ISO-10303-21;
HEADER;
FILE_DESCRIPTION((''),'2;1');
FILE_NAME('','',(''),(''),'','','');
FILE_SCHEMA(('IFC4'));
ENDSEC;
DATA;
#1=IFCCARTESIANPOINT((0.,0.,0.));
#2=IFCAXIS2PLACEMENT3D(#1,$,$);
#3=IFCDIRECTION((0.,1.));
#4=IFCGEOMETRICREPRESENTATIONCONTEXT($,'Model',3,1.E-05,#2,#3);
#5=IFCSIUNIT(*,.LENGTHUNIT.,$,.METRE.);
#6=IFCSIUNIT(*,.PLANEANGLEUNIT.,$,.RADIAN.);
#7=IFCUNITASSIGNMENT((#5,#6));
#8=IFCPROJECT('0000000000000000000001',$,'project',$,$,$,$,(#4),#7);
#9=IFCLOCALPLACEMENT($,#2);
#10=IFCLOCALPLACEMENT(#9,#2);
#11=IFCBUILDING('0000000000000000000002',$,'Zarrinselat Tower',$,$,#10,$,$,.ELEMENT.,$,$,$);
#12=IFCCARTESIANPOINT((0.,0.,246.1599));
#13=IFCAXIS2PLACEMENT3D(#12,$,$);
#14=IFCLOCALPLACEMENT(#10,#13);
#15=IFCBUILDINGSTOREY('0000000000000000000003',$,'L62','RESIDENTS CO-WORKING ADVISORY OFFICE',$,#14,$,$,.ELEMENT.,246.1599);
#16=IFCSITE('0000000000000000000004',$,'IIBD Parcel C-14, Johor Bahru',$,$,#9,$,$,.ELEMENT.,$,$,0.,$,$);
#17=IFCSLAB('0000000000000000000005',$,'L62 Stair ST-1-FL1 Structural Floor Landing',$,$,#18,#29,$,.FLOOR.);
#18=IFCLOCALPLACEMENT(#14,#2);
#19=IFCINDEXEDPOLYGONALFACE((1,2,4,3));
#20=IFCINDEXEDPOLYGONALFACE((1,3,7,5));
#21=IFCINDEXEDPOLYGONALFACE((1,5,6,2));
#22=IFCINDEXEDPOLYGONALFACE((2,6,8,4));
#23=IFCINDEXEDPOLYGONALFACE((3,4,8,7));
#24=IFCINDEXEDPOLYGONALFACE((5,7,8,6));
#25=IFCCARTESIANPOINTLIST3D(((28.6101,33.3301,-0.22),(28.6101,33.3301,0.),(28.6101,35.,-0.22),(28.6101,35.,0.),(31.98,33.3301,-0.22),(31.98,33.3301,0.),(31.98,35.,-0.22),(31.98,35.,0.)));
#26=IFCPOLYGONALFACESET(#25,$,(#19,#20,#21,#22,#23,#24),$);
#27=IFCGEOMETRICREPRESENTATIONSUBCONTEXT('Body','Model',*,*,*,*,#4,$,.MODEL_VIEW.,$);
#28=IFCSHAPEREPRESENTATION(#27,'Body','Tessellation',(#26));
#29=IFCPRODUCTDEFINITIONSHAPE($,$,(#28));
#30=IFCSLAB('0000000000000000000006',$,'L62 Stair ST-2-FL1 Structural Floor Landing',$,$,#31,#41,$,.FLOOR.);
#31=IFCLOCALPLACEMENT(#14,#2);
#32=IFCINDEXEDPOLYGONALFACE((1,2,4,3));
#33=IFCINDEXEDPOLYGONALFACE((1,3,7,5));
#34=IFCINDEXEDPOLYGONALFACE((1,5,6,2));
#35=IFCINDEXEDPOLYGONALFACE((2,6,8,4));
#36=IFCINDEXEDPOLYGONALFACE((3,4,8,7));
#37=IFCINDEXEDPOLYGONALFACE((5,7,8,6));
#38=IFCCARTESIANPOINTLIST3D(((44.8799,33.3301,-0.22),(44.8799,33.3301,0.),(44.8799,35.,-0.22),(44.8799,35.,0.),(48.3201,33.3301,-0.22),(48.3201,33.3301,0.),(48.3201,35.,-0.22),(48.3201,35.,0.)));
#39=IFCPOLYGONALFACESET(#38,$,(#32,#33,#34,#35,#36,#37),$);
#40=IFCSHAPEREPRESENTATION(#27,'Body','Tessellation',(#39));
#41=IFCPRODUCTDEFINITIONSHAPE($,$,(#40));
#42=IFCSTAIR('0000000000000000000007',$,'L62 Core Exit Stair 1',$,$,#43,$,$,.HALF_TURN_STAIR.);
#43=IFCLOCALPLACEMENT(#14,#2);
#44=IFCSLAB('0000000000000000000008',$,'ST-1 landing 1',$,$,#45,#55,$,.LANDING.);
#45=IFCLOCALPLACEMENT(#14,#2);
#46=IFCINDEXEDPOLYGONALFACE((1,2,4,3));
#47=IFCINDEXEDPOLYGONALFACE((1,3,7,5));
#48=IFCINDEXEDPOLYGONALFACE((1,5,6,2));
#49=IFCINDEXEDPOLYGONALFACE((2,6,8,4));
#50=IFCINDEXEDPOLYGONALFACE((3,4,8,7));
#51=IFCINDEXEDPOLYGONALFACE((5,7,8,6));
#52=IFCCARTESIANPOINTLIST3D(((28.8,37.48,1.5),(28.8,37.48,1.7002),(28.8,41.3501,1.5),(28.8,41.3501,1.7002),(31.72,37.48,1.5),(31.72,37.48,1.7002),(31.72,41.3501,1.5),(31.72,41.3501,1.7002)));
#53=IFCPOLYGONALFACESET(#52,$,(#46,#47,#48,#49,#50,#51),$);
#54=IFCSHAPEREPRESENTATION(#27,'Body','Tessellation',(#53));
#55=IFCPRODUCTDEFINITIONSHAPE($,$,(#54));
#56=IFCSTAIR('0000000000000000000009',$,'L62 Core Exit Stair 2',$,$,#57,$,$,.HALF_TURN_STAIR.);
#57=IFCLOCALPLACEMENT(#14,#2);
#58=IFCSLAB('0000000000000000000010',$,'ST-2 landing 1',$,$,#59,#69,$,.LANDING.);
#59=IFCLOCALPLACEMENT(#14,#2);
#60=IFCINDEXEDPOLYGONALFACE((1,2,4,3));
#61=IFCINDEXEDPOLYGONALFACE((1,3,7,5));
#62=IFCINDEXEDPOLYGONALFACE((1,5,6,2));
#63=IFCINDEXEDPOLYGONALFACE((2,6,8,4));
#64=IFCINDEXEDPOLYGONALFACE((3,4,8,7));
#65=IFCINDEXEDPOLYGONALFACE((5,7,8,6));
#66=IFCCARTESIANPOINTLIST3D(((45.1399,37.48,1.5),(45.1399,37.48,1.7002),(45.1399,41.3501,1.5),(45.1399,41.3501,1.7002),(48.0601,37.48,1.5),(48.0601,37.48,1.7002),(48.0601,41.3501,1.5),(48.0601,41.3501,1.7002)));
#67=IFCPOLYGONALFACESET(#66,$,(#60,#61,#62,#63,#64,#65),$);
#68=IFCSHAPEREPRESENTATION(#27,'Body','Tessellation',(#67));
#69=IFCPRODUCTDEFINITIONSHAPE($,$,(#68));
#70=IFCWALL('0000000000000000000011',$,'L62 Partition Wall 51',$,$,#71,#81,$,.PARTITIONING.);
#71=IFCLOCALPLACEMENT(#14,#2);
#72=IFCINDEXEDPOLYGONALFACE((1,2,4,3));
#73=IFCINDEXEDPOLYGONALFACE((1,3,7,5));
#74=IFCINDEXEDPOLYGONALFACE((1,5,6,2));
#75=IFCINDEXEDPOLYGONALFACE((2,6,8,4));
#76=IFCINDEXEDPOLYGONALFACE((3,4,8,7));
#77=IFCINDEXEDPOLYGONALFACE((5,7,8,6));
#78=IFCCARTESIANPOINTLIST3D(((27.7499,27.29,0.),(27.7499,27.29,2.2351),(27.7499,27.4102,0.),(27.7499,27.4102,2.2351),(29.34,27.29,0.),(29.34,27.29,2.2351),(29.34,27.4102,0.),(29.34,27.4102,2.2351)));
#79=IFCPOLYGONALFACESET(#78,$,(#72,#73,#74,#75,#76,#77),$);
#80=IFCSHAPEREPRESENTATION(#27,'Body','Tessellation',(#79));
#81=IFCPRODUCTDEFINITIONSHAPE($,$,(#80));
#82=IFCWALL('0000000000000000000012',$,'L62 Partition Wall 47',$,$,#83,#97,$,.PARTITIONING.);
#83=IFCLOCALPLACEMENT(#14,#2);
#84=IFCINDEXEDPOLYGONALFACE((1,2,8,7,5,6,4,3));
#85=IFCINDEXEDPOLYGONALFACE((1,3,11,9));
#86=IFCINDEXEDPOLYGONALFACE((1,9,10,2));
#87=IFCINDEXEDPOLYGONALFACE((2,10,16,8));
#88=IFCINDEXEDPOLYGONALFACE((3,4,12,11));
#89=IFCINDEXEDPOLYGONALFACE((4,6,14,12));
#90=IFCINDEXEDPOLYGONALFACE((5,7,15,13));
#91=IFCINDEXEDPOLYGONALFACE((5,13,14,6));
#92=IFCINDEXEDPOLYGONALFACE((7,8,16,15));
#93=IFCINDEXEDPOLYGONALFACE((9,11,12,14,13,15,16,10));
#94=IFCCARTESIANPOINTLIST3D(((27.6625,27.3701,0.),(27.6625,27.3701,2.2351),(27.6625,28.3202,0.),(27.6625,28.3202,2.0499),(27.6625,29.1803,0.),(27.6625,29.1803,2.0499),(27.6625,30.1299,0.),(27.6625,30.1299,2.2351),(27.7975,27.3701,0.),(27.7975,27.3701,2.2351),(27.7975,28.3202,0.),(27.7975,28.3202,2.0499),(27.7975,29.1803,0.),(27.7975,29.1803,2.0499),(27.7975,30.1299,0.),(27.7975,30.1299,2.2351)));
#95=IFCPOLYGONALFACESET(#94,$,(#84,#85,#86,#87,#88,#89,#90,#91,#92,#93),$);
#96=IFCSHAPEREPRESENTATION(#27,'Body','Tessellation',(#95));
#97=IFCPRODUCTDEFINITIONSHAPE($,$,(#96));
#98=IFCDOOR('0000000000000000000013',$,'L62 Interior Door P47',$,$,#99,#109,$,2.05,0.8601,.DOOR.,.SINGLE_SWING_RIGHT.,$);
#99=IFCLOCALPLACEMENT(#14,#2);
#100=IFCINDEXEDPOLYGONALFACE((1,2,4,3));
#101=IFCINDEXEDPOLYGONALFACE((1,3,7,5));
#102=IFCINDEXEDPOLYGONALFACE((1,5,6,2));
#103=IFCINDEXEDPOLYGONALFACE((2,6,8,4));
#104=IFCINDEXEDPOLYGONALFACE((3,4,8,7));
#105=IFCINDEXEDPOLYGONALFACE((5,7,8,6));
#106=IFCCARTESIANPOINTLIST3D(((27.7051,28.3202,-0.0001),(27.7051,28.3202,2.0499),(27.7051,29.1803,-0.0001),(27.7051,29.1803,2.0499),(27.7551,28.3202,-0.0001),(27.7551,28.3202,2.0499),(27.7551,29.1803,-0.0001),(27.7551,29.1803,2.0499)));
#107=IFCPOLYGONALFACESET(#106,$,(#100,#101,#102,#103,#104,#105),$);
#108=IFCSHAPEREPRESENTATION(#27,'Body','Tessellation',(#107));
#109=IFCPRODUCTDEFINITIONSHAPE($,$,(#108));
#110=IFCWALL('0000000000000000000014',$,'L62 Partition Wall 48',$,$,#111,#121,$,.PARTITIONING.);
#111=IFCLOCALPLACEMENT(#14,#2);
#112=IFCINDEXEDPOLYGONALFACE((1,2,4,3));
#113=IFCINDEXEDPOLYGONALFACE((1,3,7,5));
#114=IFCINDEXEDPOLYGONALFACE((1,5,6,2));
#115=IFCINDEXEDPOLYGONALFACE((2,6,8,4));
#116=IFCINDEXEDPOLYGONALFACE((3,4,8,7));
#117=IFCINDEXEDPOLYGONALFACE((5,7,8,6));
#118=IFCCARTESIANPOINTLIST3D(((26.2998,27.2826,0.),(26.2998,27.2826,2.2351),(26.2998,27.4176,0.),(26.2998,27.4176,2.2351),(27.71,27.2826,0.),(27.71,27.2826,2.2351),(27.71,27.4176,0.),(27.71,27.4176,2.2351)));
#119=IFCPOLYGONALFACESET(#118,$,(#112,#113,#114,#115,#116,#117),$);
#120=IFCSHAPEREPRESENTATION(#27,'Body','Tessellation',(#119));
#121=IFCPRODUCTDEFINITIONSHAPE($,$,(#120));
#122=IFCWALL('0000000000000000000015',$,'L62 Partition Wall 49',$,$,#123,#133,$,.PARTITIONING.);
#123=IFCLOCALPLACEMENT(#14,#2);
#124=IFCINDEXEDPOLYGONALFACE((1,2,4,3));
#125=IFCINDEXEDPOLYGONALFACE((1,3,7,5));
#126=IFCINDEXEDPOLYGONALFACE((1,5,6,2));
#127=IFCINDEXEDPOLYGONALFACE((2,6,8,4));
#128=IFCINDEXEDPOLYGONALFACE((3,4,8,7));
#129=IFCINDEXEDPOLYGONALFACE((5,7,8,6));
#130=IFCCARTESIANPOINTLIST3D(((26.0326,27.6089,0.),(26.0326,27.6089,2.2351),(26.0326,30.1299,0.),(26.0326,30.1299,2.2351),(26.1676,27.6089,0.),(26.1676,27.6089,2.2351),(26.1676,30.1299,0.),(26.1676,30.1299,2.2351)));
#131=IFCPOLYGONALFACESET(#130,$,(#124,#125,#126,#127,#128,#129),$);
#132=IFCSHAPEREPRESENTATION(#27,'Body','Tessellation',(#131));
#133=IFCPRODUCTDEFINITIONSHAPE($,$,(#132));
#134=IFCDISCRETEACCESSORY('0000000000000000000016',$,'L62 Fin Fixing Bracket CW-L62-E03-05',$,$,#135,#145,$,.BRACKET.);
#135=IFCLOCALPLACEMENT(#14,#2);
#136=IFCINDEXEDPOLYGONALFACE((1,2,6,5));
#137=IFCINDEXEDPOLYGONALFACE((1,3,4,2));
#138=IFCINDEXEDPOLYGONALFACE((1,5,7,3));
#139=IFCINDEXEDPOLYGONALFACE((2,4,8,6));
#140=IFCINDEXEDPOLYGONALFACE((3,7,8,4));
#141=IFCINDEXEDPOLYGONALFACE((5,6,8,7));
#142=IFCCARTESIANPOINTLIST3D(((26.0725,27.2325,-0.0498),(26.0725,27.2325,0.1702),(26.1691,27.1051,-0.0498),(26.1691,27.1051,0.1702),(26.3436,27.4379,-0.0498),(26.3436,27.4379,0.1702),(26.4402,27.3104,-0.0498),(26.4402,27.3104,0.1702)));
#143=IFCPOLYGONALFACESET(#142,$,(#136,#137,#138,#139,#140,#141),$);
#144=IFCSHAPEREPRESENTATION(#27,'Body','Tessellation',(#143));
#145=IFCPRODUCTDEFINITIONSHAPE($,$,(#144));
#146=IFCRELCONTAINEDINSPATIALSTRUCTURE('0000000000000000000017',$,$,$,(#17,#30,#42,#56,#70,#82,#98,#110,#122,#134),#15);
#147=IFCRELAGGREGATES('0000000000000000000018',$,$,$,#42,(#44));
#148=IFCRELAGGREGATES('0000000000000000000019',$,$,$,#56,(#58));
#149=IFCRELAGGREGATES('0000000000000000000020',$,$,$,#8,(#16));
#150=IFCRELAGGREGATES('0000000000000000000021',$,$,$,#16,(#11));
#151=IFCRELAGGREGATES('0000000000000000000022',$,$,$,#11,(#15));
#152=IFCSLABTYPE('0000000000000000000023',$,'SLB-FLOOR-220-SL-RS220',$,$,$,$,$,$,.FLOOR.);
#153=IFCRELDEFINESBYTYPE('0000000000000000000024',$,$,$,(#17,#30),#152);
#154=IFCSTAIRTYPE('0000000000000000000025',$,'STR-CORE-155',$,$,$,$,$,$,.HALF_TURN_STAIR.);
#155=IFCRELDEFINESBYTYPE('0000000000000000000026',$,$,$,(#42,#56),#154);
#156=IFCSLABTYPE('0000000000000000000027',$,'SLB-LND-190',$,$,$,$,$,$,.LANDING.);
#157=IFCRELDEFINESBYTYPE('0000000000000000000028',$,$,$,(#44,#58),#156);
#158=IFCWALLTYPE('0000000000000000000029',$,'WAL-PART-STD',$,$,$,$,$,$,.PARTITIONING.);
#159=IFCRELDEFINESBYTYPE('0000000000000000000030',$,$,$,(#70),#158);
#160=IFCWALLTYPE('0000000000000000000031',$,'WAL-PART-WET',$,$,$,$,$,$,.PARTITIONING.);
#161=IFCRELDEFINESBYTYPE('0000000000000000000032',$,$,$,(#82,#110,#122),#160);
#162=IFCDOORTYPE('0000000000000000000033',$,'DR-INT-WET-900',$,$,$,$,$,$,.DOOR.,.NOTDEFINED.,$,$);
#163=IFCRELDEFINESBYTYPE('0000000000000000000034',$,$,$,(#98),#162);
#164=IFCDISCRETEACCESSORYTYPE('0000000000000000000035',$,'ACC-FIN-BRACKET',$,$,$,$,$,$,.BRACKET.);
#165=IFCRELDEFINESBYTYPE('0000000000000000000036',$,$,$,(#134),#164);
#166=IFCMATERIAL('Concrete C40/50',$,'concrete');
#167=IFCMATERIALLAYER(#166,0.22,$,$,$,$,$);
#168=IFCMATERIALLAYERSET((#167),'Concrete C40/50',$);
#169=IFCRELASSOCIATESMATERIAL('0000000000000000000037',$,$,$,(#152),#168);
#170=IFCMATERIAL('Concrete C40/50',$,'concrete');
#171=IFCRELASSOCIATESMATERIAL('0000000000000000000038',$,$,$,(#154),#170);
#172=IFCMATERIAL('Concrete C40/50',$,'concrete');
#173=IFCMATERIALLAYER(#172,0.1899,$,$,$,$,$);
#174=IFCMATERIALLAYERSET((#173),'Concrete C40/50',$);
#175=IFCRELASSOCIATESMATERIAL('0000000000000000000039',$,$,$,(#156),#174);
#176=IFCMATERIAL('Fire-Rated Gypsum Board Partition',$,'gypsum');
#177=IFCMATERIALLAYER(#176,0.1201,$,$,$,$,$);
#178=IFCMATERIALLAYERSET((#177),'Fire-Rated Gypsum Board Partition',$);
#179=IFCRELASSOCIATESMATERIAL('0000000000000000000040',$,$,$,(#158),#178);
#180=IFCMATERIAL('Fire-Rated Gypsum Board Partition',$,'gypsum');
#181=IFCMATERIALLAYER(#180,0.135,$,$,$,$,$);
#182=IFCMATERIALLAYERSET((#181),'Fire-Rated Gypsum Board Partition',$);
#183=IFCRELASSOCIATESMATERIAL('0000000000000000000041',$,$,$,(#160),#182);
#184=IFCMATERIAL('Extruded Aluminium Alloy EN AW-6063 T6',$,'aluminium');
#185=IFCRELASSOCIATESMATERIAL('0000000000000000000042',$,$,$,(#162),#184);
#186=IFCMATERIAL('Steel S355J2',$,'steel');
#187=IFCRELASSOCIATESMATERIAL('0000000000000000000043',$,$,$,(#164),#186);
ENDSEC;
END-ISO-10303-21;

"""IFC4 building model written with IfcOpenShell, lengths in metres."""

from ifc_helpers import new_model, si_unit, direction, frame, frame_2d, origin, origin_2d, place, context, subcontext, project, spatial, polyline, rectangle, outline, extrude, material, layer, layer_set, type_object, element, fill, aggregate, save


model = new_model("IFC4")

# Units and contexts
model_context = context("Model", 3, precision=1e-05, world=origin(), true_north=direction((0.0, 1.0)))
body_context = subcontext(model_context, "Body", "Model", "MODEL_VIEW")
ifc_project = project(units=[si_unit("LENGTHUNIT", "METRE"), si_unit("PLANEANGLEUNIT", "RADIAN")], contexts=[model_context])

# Site, building, storey
site_placement = place(None, origin())
site = spatial("IfcSite", under=ifc_project, at=site_placement, Name="IIBD Parcel C-14, Johor Bahru", CompositionType="ELEMENT", RefElevation=0.0)
building_placement = place(site_placement, origin())
building = spatial("IfcBuilding", under=site, at=building_placement, Name="Zarrinselat Tower", CompositionType="ELEMENT")
storey_placement = place(building_placement, frame((0.0, 0.0, 246.1599)))
storey = spatial("IfcBuildingStorey", under=building, at=storey_placement, Name="L62", Description="RESIDENTS CO-WORKING ADVISORY OFFICE", CompositionType="ELEMENT", Elevation=246.1599)

# Slabs
ifc_material_1 = material(Name="Concrete C40/50", Category="concrete")
ifc_layer_1 = layer(ifc_material_1, 0.22)
ifc_layer_set_1 = layer_set([ifc_layer_1], Name="Concrete C40/50")
slab_type_1 = type_object("IfcSlabType", Name="SLB-FLOOR-220-SL-RS220", PredefinedType="FLOOR", material=ifc_layer_set_1)
slab_1_placement = place(storey_placement, frame((0.0, 0.0, -0.22)))
element("IfcSlab", 1, at=slab_1_placement, inside=storey, type_object=slab_type_1, Name="L62 Stair ST-1-FL1 Structural Floor Landing", PredefinedType="FLOOR", context=body_context, shape_type="SweptSolid", body=[
    extrude(outline(polyline([(31.98, 33.3301), (31.98, 35.0), (28.6101, 35.0), (28.6101, 33.3301), (31.98, 33.3301)])), origin(), (0.0, 0.0, 1.0), 0.22),
])
slab_2_placement = place(storey_placement, frame((0.0, 0.0, -0.22)))
element("IfcSlab", 2, at=slab_2_placement, inside=storey, type_object=slab_type_1, Name="L62 Stair ST-2-FL1 Structural Floor Landing", PredefinedType="FLOOR", context=body_context, shape_type="SweptSolid", body=[
    extrude(outline(polyline([(48.3201, 33.3301), (48.3201, 35.0), (44.8799, 35.0), (44.8799, 33.3301), (48.3201, 33.3301)])), origin(), (0.0, 0.0, 1.0), 0.22),
])

# Stairs, slabs
ifc_material_2 = material(Name="Concrete C40/50", Category="concrete")
stair_type = type_object("IfcStairType", Name="STR-CORE-155", PredefinedType="HALF_TURN_STAIR", material=ifc_material_2)
stair_1_placement = place(storey_placement, origin())
stair_1 = element("IfcStair", 3, at=stair_1_placement, inside=storey, type_object=stair_type, Name="L62 Core Exit Stair 1", PredefinedType="HALF_TURN_STAIR")
ifc_material_3 = material(Name="Concrete C40/50", Category="concrete")
ifc_layer_2 = layer(ifc_material_3, 0.1899)
ifc_layer_set_2 = layer_set([ifc_layer_2], Name="Concrete C40/50")
slab_type_2 = type_object("IfcSlabType", Name="SLB-LND-190", PredefinedType="LANDING", material=ifc_layer_set_2)
slab_3_placement = place(storey_placement, frame((0.0, 0.0, 1.5)))
slab_3 = element("IfcSlab", 4, at=slab_3_placement, type_object=slab_type_2, Name="ST-1 landing 1", PredefinedType="LANDING", context=body_context, shape_type="SweptSolid", body=[
    extrude(outline(polyline([(31.72, 37.48), (31.72, 41.3501), (28.8, 41.3501), (28.8, 37.48), (31.72, 37.48)])), origin(), (0.0, 0.0, 1.0), 0.2002),
])
aggregate(stair_1, [slab_3])
stair_2_placement = place(storey_placement, origin())
stair_2 = element("IfcStair", 5, at=stair_2_placement, inside=storey, type_object=stair_type, Name="L62 Core Exit Stair 2", PredefinedType="HALF_TURN_STAIR")
slab_4_placement = place(storey_placement, frame((0.0, 0.0, 1.5)))
slab_4 = element("IfcSlab", 6, at=slab_4_placement, type_object=slab_type_2, Name="ST-2 landing 1", PredefinedType="LANDING", context=body_context, shape_type="SweptSolid", body=[
    extrude(outline(polyline([(48.0601, 37.48), (48.0601, 41.3501), (45.1399, 41.3501), (45.1399, 37.48), (48.0601, 37.48)])), origin(), (0.0, 0.0, 1.0), 0.2002),
])
aggregate(stair_2, [slab_4])

# Wall
ifc_material_4 = material(Name="Fire-Rated Gypsum Board Partition", Category="gypsum")
ifc_layer_3 = layer(ifc_material_4, 0.1201)
ifc_layer_set_3 = layer_set([ifc_layer_3], Name="Fire-Rated Gypsum Board Partition")
wall_type_1 = type_object("IfcWallType", Name="WAL-PART-STD", PredefinedType="PARTITIONING", material=ifc_layer_set_3)
wall_1_placement = place(storey_placement, frame((27.75, 27.3501, 0.0), z_axis=(0.0, 0.0, 1.0), x_axis=(1.0, 0.0, 0.0)))
element("IfcWall", 7, at=wall_1_placement, inside=storey, type_object=wall_type_1, Name="L62 Partition Wall 51", PredefinedType="PARTITIONING", context=body_context, shape_type="SweptSolid", body=[
    extrude(rectangle(XDim=1.5901, YDim=0.1201, at=frame_2d((0.7949, 0.0))), origin(), (0.0, 0.0, 1.0), 2.2351),
])

# Wall, opening, door
ifc_material_5 = material(Name="Fire-Rated Gypsum Board Partition", Category="gypsum")
ifc_layer_4 = layer(ifc_material_5, 0.135)
ifc_layer_set_4 = layer_set([ifc_layer_4], Name="Fire-Rated Gypsum Board Partition")
wall_type_2 = type_object("IfcWallType", Name="WAL-PART-WET", PredefinedType="PARTITIONING", material=ifc_layer_set_4)
wall_2_placement = place(storey_placement, frame((27.73, 27.3701, 0.0), z_axis=(0.0, 0.0, 1.0), x_axis=(0.0, 1.0, 0.0)))
wall_2 = element("IfcWall", 8, at=wall_2_placement, inside=storey, type_object=wall_type_2, Name="L62 Partition Wall 47", PredefinedType="PARTITIONING", context=body_context, shape_type="SweptSolid", body=[
    extrude(rectangle(XDim=2.7598, YDim=0.135, at=frame_2d((1.3799, 0.0))), origin(), (0.0, 0.0, 1.0), 2.2351),
])
opening_placement = place(wall_2_placement, frame((0.95, 0.0, 0.0)))
opening = element("IfcOpeningElement", 9, at=opening_placement, cuts=wall_2, PredefinedType="OPENING", context=body_context, shape_type="SweptSolid", body=[
    extrude(rectangle(XDim=0.8601, YDim=2.05, at=frame_2d((0.4302, 1.0249))), frame((0.0, 0.0774, 0.0), z_axis=(0.0, -1.0, 0.0), x_axis=(1.0, 0.0, 0.0)), (0.0, 0.0, 1.0), 0.155),
])
ifc_material_6 = material(Name="Extruded Aluminium Alloy EN AW-6063 T6", Category="aluminium")
door_type = type_object("IfcDoorType", Name="DR-INT-WET-900", OperationType="NOTDEFINED", PredefinedType="DOOR", material=ifc_material_6)
door_placement = place(opening_placement, origin())
door = element("IfcDoor", 10, at=door_placement, inside=storey, type_object=door_type, Name="L62 Interior Door P47", OperationType="SINGLE_SWING_RIGHT", OverallHeight=2.05, OverallWidth=0.8601, PredefinedType="DOOR", context=body_context, shape_type="SweptSolid", body=[
    extrude(rectangle(XDim=0.8601, YDim=2.05, at=frame_2d((0.4302, 1.0249))), frame((0.0, 0.0249, 0.0), z_axis=(0.0, -1.0, 0.0), x_axis=(1.0, 0.0, 0.0)), (0.0, 0.0, 1.0), 0.05),
])
fill(opening, door)

# Walls
wall_3_placement = place(storey_placement, frame((26.2998, 27.3501, 0.0), z_axis=(0.0, 0.0, 1.0), x_axis=(1.0, 0.0, 0.0)))
element("IfcWall", 11, at=wall_3_placement, inside=storey, type_object=wall_type_2, Name="L62 Partition Wall 48", PredefinedType="PARTITIONING", context=body_context, shape_type="SweptSolid", body=[
    extrude(rectangle(XDim=1.4102, YDim=0.135, at=frame_2d((0.7051, 0.0))), origin(), (0.0, 0.0, 1.0), 2.2351),
])
wall_4_placement = place(storey_placement, frame((26.1001, 27.6089, 0.0), z_axis=(0.0, 0.0, 1.0), x_axis=(0.0, 1.0, 0.0)))
element("IfcWall", 12, at=wall_4_placement, inside=storey, type_object=wall_type_2, Name="L62 Partition Wall 49", PredefinedType="PARTITIONING", context=body_context, shape_type="SweptSolid", body=[
    extrude(rectangle(XDim=2.521, YDim=0.135, at=frame_2d((1.2605, 0.0))), origin(), (0.0, 0.0, 1.0), 2.2351),
])

# Discrete accessory
ifc_material_7 = material(Name="Steel S355J2", Category="steel")
discrete_accessory_type = type_object("IfcDiscreteAccessoryType", Name="ACC-FIN-BRACKET", PredefinedType="BRACKET", material=ifc_material_7)
discrete_accessory_placement = place(storey_placement, frame((26.2563, 27.2715, -0.0498), z_axis=(0.0, 0.0, 1.0), x_axis=(-0.797092, -0.603858, 0.0)))
element("IfcDiscreteAccessory", 13, at=discrete_accessory_placement, inside=storey, type_object=discrete_accessory_type, Name="L62 Fin Fixing Bracket CW-L62-E03-05", PredefinedType="BRACKET", context=body_context, shape_type="SweptSolid", body=[
    extrude(rectangle(XDim=0.3401, YDim=0.1599, at=origin_2d()), origin(), (0.0, 0.0, 1.0), 0.22),
])

save(model, "model.ifc")
